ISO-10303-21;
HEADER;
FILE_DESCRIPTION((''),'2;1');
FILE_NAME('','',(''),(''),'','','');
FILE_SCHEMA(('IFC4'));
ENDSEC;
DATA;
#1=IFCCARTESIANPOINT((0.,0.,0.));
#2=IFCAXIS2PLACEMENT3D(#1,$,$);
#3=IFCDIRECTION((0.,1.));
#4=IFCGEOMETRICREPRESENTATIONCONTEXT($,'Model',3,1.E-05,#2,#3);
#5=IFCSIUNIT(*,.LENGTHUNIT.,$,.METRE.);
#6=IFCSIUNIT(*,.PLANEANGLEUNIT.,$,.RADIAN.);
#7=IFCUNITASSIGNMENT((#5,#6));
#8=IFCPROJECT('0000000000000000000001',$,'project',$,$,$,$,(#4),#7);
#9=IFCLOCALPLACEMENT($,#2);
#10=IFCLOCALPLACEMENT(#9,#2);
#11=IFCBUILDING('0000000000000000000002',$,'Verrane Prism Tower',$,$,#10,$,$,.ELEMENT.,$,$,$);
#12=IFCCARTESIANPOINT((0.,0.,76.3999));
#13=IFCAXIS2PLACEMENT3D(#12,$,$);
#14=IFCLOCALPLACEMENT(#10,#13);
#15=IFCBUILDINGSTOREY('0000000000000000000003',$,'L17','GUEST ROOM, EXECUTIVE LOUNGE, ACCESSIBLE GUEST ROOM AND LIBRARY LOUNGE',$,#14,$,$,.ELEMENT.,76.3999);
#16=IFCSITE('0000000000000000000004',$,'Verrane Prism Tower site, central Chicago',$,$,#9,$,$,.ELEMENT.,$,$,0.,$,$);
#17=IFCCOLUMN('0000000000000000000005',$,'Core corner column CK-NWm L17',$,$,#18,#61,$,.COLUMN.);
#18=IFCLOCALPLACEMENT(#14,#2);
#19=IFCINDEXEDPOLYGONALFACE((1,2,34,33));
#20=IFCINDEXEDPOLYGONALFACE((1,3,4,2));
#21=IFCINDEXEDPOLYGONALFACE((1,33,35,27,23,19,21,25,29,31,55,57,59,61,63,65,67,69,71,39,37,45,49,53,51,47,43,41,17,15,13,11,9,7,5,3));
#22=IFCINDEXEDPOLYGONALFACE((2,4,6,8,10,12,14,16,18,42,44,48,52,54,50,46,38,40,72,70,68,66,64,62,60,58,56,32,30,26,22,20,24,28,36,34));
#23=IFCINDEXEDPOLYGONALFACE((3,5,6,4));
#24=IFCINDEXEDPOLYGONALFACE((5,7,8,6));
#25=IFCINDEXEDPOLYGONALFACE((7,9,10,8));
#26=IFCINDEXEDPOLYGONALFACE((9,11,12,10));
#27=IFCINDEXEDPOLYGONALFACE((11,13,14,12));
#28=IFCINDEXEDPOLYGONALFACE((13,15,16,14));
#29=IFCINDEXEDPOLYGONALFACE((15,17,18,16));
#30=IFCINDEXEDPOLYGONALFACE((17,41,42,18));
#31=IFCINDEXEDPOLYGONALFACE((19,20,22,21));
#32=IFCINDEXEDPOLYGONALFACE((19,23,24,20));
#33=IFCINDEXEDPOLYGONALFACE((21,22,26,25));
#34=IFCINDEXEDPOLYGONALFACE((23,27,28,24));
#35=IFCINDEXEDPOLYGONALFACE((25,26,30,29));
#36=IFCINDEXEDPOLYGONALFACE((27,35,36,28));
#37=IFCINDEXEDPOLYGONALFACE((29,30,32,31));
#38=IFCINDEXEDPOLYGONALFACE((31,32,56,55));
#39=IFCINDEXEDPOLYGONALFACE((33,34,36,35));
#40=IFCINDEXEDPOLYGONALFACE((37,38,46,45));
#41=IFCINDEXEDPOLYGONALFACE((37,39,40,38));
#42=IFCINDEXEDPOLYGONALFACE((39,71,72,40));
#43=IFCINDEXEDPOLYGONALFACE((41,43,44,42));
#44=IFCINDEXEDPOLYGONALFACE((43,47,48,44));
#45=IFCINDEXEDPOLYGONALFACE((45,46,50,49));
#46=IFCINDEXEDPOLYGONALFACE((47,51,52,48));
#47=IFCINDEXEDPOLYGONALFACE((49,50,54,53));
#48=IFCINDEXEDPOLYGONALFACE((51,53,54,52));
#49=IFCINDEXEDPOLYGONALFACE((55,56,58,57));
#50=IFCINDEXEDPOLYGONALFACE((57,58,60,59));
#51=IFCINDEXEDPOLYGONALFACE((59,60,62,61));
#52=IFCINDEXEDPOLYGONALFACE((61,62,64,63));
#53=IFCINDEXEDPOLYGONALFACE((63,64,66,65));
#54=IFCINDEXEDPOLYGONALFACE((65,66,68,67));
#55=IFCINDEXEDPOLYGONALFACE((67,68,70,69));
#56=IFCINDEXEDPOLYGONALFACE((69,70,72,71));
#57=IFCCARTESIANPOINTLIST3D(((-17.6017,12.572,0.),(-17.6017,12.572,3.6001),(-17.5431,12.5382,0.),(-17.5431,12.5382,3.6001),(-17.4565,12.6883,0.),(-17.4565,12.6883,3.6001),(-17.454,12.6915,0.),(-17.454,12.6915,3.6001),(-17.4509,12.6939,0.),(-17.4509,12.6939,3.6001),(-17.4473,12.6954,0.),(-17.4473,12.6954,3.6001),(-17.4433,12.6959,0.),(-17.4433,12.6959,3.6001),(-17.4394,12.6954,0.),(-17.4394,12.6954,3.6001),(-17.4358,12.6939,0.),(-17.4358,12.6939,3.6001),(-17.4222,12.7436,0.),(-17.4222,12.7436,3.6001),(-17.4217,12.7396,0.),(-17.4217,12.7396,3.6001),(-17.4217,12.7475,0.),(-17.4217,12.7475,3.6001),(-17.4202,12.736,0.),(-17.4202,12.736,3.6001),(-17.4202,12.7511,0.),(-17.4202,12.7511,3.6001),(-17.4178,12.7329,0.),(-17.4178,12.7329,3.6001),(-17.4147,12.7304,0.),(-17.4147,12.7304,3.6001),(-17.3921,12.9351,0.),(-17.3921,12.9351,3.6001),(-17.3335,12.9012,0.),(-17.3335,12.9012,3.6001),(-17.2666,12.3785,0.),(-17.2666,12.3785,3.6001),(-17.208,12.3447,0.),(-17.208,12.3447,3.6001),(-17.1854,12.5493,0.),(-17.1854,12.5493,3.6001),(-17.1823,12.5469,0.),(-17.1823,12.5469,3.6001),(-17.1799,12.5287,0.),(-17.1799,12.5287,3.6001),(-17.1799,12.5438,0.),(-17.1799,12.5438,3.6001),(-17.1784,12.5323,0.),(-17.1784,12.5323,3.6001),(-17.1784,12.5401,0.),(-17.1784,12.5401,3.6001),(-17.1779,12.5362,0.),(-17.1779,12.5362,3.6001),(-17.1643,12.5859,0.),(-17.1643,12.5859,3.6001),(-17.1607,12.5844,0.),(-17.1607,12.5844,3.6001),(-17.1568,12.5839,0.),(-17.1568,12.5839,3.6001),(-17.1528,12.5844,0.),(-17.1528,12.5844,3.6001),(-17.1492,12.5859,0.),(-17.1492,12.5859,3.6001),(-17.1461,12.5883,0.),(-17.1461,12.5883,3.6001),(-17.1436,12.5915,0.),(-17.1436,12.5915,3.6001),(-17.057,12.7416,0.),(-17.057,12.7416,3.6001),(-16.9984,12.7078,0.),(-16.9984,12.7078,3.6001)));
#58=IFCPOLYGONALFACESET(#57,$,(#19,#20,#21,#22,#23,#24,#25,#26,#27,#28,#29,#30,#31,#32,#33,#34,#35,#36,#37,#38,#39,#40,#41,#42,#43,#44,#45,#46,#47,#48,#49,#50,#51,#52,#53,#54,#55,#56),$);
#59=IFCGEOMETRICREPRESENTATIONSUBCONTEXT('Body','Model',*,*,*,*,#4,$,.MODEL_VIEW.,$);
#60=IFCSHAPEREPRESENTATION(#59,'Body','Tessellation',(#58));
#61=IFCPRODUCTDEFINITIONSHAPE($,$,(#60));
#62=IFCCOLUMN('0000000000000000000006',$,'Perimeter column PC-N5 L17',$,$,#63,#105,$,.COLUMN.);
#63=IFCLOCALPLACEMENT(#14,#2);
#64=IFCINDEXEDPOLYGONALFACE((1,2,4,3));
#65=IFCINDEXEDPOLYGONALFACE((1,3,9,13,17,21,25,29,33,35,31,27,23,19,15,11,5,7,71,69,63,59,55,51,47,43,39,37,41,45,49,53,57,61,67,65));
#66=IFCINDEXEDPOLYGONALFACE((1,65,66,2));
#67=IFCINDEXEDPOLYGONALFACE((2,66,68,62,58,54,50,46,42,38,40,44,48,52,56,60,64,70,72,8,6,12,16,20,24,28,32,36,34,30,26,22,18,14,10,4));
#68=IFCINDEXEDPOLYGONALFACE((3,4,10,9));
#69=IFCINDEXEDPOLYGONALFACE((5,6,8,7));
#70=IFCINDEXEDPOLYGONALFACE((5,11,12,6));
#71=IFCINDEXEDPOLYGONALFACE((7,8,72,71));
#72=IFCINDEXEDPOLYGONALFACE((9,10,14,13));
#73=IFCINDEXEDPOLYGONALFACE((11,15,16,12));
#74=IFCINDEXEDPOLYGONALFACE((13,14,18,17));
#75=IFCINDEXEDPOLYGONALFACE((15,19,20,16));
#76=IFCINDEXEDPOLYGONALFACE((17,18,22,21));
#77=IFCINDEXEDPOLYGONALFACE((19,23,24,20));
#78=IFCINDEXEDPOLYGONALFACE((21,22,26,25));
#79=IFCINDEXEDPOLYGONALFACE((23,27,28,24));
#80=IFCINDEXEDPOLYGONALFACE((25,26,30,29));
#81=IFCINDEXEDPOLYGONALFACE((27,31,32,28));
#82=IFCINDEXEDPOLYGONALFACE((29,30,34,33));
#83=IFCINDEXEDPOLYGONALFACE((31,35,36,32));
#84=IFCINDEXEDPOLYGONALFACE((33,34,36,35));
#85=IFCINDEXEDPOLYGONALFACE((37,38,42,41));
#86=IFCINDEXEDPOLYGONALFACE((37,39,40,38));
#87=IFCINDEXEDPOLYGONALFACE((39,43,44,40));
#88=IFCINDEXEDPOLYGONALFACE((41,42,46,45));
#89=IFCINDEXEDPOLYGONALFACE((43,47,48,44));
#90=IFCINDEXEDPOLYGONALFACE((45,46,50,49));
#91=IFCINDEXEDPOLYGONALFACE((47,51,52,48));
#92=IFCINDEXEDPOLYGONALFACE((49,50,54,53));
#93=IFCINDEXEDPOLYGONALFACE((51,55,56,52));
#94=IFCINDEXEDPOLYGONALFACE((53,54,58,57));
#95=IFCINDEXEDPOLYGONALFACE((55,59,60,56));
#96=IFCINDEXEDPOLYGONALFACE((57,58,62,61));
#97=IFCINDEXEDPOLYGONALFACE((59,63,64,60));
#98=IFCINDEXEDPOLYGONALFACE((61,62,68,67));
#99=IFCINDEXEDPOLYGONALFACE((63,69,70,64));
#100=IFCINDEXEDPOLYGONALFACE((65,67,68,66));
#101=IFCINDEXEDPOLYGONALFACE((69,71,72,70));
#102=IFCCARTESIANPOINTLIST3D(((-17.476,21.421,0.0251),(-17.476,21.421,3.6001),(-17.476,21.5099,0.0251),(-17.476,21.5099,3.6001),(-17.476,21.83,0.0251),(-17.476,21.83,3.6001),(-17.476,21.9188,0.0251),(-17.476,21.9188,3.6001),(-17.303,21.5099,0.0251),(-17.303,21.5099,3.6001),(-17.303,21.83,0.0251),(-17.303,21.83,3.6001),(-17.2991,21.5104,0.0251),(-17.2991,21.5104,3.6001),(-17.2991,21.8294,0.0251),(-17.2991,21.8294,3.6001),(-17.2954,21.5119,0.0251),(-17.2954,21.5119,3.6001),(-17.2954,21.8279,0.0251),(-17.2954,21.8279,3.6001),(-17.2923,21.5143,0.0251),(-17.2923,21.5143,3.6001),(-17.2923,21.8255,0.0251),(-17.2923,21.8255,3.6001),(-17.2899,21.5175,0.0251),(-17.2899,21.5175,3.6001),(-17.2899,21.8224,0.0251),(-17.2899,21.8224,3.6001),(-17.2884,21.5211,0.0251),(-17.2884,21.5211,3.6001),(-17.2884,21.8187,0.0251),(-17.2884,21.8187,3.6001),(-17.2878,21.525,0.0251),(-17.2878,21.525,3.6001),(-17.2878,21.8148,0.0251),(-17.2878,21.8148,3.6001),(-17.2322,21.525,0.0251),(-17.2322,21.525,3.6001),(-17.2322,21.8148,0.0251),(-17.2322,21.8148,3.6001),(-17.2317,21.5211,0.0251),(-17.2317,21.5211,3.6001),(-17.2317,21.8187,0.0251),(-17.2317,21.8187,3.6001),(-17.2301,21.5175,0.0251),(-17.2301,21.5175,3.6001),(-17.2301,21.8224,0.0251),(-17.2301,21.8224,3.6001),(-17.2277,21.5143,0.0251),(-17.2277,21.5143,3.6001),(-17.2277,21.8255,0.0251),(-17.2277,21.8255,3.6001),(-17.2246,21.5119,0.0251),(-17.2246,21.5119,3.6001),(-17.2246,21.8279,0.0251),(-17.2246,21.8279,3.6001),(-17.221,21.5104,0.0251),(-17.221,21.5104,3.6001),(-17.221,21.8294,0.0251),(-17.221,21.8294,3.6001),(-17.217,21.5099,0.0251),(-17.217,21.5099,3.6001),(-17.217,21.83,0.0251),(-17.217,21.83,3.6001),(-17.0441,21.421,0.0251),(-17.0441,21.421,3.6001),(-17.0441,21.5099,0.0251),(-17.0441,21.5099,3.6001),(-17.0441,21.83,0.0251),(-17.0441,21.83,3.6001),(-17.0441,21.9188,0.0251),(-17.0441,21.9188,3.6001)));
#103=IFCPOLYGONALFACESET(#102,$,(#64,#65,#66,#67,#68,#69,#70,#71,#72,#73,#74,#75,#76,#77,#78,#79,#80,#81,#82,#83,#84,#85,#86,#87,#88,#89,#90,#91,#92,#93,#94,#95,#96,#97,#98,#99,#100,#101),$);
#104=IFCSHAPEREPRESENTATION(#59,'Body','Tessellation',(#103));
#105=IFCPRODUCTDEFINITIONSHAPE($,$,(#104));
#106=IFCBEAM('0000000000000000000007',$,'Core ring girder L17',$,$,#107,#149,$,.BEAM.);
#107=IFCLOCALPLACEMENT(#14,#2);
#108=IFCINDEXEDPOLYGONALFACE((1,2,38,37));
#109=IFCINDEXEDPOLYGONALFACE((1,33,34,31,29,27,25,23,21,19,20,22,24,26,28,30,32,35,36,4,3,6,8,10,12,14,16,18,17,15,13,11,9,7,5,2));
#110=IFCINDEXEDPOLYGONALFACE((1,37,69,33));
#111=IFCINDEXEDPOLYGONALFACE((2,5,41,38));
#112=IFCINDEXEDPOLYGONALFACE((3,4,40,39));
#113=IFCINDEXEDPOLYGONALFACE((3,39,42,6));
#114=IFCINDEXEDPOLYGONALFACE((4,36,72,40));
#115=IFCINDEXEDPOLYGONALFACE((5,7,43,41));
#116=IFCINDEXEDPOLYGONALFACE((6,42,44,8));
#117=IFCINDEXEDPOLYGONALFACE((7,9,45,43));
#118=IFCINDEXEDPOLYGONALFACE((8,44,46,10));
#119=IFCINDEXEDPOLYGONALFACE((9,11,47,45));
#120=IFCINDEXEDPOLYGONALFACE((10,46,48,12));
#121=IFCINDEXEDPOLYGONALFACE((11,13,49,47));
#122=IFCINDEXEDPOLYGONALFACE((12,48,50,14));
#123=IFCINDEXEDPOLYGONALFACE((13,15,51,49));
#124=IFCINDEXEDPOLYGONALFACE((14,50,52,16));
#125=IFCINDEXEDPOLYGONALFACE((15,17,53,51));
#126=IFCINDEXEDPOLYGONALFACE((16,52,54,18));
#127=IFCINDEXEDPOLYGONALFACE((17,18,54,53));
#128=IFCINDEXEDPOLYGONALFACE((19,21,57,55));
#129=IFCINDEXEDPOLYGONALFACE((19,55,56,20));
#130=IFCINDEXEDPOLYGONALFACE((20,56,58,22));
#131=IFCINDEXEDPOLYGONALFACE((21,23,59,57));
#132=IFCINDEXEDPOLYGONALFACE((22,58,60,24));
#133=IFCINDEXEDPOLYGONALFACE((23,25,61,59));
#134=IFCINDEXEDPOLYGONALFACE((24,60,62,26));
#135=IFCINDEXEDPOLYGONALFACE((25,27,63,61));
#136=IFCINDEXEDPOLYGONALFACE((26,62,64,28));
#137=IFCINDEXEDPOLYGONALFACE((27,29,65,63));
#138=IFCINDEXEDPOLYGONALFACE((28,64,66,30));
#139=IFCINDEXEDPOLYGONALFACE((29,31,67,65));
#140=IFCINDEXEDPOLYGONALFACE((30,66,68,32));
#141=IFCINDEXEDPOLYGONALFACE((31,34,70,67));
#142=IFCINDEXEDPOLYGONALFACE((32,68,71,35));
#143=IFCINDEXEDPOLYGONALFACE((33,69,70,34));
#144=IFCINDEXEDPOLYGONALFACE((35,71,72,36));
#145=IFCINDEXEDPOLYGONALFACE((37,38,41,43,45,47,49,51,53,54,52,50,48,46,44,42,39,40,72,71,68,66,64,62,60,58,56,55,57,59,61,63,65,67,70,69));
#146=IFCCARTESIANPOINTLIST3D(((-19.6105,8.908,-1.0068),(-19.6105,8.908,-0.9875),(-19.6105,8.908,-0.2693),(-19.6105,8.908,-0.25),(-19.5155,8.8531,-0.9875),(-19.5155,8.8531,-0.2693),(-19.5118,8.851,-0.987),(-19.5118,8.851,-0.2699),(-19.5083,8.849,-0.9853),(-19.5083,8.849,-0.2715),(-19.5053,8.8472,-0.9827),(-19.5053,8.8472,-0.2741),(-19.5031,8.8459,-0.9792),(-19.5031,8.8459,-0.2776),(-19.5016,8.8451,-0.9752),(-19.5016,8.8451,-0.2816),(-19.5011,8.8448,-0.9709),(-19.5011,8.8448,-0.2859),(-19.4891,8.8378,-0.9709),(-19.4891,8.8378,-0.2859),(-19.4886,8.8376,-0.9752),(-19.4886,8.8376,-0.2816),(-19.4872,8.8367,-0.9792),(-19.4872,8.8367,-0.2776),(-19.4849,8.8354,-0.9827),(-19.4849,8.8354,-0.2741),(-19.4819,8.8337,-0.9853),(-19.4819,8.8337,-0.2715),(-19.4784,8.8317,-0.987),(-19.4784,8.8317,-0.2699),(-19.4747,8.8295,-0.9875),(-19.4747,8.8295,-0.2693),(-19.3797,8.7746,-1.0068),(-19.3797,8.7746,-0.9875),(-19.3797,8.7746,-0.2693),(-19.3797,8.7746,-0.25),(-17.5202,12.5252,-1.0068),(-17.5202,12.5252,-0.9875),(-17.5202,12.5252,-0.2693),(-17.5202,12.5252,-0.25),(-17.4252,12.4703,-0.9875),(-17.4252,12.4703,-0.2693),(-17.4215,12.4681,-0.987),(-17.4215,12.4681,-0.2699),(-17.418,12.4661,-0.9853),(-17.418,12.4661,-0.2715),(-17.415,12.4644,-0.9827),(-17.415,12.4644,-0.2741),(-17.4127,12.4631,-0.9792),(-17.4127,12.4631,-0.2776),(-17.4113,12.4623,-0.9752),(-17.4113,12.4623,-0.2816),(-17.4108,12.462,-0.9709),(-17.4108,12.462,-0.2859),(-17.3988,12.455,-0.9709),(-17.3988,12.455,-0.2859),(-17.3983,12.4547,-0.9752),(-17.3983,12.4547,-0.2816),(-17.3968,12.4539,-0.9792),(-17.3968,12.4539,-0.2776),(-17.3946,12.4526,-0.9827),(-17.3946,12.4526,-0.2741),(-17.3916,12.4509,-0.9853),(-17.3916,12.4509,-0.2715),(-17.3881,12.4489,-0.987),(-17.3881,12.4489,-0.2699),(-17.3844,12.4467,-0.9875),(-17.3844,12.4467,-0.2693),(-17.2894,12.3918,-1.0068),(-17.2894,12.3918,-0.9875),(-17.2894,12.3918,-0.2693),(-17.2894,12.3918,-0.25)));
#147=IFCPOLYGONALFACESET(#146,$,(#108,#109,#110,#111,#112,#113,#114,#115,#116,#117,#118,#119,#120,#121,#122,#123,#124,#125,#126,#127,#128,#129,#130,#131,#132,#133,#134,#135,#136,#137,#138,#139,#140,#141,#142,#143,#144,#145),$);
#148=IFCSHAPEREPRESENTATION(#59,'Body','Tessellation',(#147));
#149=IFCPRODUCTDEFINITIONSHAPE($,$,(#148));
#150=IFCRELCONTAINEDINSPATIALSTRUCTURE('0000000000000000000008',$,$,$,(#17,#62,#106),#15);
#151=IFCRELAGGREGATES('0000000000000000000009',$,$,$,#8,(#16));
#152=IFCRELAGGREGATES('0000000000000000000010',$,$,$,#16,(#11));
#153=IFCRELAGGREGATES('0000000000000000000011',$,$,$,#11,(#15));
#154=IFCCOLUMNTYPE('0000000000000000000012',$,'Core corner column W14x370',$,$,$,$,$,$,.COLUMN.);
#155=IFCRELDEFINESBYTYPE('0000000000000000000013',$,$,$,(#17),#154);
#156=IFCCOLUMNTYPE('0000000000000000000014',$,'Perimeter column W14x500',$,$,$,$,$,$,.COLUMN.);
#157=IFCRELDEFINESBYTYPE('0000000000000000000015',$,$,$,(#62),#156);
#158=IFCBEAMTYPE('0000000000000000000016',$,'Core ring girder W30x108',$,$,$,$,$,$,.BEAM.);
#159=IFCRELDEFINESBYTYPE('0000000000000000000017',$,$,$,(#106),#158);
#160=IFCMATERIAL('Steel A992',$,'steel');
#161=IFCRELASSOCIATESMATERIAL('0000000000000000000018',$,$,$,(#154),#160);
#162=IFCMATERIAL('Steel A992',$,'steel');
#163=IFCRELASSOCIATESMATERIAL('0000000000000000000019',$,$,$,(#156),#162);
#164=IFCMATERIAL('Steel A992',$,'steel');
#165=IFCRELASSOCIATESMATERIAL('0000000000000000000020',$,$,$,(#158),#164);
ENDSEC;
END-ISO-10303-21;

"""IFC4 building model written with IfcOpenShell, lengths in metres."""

from ifc_helpers import new_model, si_unit, direction, frame, origin, origin_2d, place, context, subcontext, project, spatial, i_section, extrude, material, material_profile, profile_set, type_object, element, save


model = new_model("IFC4")

# Units and contexts
model_context = context("Model", 3, precision=1e-05, world=origin(), true_north=direction((0.0, 1.0)))
body_context = subcontext(model_context, "Body", "Model", "MODEL_VIEW")
ifc_project = project(units=[si_unit("LENGTHUNIT", "METRE"), si_unit("PLANEANGLEUNIT", "RADIAN")], contexts=[model_context])

# Site, building, storey
site_placement = place(None, origin())
site = spatial("IfcSite", under=ifc_project, at=site_placement, Name="Verrane Prism Tower site, central Chicago", CompositionType="ELEMENT", RefElevation=0.0)
building_placement = place(site_placement, origin())
building = spatial("IfcBuilding", under=site, at=building_placement, Name="Verrane Prism Tower", CompositionType="ELEMENT")
storey_placement = place(building_placement, frame((0.0, 0.0, 76.3999)))
storey = spatial("IfcBuildingStorey", under=building, at=storey_placement, Name="L17", Description="GUEST ROOM, EXECUTIVE LOUNGE, ACCESSIBLE GUEST ROOM AND LIBRARY LOUNGE", CompositionType="ELEMENT", Elevation=76.3999)

# Columns
ifc_material_1 = material(Name="Steel A992", Category="steel")
ifc_material_profile_1 = material_profile(ifc_material_1, i_section(OverallWidth=0.4192, OverallDepth=0.4546, WebThickness=0.0422, FlangeThickness=0.0676, FilletRadius=0.0151, at=origin_2d()), Name="W14x370")
ifc_profile_set_1 = profile_set([ifc_material_profile_1], Name="Steel A992")
column_type_1 = type_object("IfcColumnType", Name="Core corner column W14x370", PredefinedType="COLUMN", material=ifc_profile_set_1)
column_1_placement = place(storey_placement, frame((-17.3, 12.6399, 0.0), z_axis=(0.0, 0.0, 1.0), x_axis=(0.5, 0.866025, 0.0)))
element("IfcColumn", 1, at=column_1_placement, inside=storey, type_object=column_type_1, Name="Core corner column CK-NWm L17", PredefinedType="COLUMN", context=body_context, shape_type="SweptSolid", body=[
    extrude(i_section(OverallWidth=0.4192, OverallDepth=0.4546, WebThickness=0.0422, FlangeThickness=0.0676, FilletRadius=0.0151, at=origin_2d()), origin(), (0.0, 0.0, 1.0), 3.6001),
])
ifc_material_2 = material(Name="Steel A992", Category="steel")
ifc_material_profile_2 = material_profile(ifc_material_2, i_section(OverallWidth=0.4319, OverallDepth=0.4978, WebThickness=0.0557, FlangeThickness=0.0889, FilletRadius=0.0151, at=origin_2d()), Name="W14x500")
ifc_profile_set_2 = profile_set([ifc_material_profile_2], Name="Steel A992")
column_type_2 = type_object("IfcColumnType", Name="Perimeter column W14x500", PredefinedType="COLUMN", material=ifc_profile_set_2)
column_2_placement = place(storey_placement, frame((-17.26, 21.6699, 0.0251), z_axis=(0.0, 0.0, 1.0), x_axis=(1.0, 0.0, 0.0)))
element("IfcColumn", 2, at=column_2_placement, inside=storey, type_object=column_type_2, Name="Perimeter column PC-N5 L17", PredefinedType="COLUMN", context=body_context, shape_type="SweptSolid", body=[
    extrude(i_section(OverallWidth=0.4319, OverallDepth=0.4978, WebThickness=0.0557, FlangeThickness=0.0889, FilletRadius=0.0151, at=origin_2d()), origin(), (0.0, 0.0, 1.0), 3.575),
])

# Beam
ifc_material_3 = material(Name="Steel A992", Category="steel")
ifc_material_profile_3 = material_profile(ifc_material_3, i_section(OverallWidth=0.2666, OverallDepth=0.7568, WebThickness=0.0139, FlangeThickness=0.0193, FilletRadius=0.0166, at=origin_2d()), Name="W30x108")
ifc_profile_set_3 = profile_set([ifc_material_profile_3], Name="Steel A992")
beam_type_1 = type_object("IfcBeamType", Name="Core ring girder W30x108", PredefinedType="BEAM", material=ifc_profile_set_3)
beam_1_placement = place(storey_placement, frame((-17.4048, 12.4585, -0.6284), z_axis=(-0.50035, -0.865823, 0.0), x_axis=(0.865823, -0.50035, 0.0)))
element("IfcBeam", 3, at=beam_1_placement, inside=storey, type_object=beam_type_1, Name="Core ring girder L17", PredefinedType="BEAM", context=body_context, shape_type="SweptSolid", body=[
    extrude(i_section(OverallWidth=0.2666, OverallDepth=0.7568, WebThickness=0.0139, FlangeThickness=0.0193, FilletRadius=0.0166, at=origin_2d()), origin(), (0.0, 0.0, 1.0), 4.1777),
])

save(model, "model.ifc")
